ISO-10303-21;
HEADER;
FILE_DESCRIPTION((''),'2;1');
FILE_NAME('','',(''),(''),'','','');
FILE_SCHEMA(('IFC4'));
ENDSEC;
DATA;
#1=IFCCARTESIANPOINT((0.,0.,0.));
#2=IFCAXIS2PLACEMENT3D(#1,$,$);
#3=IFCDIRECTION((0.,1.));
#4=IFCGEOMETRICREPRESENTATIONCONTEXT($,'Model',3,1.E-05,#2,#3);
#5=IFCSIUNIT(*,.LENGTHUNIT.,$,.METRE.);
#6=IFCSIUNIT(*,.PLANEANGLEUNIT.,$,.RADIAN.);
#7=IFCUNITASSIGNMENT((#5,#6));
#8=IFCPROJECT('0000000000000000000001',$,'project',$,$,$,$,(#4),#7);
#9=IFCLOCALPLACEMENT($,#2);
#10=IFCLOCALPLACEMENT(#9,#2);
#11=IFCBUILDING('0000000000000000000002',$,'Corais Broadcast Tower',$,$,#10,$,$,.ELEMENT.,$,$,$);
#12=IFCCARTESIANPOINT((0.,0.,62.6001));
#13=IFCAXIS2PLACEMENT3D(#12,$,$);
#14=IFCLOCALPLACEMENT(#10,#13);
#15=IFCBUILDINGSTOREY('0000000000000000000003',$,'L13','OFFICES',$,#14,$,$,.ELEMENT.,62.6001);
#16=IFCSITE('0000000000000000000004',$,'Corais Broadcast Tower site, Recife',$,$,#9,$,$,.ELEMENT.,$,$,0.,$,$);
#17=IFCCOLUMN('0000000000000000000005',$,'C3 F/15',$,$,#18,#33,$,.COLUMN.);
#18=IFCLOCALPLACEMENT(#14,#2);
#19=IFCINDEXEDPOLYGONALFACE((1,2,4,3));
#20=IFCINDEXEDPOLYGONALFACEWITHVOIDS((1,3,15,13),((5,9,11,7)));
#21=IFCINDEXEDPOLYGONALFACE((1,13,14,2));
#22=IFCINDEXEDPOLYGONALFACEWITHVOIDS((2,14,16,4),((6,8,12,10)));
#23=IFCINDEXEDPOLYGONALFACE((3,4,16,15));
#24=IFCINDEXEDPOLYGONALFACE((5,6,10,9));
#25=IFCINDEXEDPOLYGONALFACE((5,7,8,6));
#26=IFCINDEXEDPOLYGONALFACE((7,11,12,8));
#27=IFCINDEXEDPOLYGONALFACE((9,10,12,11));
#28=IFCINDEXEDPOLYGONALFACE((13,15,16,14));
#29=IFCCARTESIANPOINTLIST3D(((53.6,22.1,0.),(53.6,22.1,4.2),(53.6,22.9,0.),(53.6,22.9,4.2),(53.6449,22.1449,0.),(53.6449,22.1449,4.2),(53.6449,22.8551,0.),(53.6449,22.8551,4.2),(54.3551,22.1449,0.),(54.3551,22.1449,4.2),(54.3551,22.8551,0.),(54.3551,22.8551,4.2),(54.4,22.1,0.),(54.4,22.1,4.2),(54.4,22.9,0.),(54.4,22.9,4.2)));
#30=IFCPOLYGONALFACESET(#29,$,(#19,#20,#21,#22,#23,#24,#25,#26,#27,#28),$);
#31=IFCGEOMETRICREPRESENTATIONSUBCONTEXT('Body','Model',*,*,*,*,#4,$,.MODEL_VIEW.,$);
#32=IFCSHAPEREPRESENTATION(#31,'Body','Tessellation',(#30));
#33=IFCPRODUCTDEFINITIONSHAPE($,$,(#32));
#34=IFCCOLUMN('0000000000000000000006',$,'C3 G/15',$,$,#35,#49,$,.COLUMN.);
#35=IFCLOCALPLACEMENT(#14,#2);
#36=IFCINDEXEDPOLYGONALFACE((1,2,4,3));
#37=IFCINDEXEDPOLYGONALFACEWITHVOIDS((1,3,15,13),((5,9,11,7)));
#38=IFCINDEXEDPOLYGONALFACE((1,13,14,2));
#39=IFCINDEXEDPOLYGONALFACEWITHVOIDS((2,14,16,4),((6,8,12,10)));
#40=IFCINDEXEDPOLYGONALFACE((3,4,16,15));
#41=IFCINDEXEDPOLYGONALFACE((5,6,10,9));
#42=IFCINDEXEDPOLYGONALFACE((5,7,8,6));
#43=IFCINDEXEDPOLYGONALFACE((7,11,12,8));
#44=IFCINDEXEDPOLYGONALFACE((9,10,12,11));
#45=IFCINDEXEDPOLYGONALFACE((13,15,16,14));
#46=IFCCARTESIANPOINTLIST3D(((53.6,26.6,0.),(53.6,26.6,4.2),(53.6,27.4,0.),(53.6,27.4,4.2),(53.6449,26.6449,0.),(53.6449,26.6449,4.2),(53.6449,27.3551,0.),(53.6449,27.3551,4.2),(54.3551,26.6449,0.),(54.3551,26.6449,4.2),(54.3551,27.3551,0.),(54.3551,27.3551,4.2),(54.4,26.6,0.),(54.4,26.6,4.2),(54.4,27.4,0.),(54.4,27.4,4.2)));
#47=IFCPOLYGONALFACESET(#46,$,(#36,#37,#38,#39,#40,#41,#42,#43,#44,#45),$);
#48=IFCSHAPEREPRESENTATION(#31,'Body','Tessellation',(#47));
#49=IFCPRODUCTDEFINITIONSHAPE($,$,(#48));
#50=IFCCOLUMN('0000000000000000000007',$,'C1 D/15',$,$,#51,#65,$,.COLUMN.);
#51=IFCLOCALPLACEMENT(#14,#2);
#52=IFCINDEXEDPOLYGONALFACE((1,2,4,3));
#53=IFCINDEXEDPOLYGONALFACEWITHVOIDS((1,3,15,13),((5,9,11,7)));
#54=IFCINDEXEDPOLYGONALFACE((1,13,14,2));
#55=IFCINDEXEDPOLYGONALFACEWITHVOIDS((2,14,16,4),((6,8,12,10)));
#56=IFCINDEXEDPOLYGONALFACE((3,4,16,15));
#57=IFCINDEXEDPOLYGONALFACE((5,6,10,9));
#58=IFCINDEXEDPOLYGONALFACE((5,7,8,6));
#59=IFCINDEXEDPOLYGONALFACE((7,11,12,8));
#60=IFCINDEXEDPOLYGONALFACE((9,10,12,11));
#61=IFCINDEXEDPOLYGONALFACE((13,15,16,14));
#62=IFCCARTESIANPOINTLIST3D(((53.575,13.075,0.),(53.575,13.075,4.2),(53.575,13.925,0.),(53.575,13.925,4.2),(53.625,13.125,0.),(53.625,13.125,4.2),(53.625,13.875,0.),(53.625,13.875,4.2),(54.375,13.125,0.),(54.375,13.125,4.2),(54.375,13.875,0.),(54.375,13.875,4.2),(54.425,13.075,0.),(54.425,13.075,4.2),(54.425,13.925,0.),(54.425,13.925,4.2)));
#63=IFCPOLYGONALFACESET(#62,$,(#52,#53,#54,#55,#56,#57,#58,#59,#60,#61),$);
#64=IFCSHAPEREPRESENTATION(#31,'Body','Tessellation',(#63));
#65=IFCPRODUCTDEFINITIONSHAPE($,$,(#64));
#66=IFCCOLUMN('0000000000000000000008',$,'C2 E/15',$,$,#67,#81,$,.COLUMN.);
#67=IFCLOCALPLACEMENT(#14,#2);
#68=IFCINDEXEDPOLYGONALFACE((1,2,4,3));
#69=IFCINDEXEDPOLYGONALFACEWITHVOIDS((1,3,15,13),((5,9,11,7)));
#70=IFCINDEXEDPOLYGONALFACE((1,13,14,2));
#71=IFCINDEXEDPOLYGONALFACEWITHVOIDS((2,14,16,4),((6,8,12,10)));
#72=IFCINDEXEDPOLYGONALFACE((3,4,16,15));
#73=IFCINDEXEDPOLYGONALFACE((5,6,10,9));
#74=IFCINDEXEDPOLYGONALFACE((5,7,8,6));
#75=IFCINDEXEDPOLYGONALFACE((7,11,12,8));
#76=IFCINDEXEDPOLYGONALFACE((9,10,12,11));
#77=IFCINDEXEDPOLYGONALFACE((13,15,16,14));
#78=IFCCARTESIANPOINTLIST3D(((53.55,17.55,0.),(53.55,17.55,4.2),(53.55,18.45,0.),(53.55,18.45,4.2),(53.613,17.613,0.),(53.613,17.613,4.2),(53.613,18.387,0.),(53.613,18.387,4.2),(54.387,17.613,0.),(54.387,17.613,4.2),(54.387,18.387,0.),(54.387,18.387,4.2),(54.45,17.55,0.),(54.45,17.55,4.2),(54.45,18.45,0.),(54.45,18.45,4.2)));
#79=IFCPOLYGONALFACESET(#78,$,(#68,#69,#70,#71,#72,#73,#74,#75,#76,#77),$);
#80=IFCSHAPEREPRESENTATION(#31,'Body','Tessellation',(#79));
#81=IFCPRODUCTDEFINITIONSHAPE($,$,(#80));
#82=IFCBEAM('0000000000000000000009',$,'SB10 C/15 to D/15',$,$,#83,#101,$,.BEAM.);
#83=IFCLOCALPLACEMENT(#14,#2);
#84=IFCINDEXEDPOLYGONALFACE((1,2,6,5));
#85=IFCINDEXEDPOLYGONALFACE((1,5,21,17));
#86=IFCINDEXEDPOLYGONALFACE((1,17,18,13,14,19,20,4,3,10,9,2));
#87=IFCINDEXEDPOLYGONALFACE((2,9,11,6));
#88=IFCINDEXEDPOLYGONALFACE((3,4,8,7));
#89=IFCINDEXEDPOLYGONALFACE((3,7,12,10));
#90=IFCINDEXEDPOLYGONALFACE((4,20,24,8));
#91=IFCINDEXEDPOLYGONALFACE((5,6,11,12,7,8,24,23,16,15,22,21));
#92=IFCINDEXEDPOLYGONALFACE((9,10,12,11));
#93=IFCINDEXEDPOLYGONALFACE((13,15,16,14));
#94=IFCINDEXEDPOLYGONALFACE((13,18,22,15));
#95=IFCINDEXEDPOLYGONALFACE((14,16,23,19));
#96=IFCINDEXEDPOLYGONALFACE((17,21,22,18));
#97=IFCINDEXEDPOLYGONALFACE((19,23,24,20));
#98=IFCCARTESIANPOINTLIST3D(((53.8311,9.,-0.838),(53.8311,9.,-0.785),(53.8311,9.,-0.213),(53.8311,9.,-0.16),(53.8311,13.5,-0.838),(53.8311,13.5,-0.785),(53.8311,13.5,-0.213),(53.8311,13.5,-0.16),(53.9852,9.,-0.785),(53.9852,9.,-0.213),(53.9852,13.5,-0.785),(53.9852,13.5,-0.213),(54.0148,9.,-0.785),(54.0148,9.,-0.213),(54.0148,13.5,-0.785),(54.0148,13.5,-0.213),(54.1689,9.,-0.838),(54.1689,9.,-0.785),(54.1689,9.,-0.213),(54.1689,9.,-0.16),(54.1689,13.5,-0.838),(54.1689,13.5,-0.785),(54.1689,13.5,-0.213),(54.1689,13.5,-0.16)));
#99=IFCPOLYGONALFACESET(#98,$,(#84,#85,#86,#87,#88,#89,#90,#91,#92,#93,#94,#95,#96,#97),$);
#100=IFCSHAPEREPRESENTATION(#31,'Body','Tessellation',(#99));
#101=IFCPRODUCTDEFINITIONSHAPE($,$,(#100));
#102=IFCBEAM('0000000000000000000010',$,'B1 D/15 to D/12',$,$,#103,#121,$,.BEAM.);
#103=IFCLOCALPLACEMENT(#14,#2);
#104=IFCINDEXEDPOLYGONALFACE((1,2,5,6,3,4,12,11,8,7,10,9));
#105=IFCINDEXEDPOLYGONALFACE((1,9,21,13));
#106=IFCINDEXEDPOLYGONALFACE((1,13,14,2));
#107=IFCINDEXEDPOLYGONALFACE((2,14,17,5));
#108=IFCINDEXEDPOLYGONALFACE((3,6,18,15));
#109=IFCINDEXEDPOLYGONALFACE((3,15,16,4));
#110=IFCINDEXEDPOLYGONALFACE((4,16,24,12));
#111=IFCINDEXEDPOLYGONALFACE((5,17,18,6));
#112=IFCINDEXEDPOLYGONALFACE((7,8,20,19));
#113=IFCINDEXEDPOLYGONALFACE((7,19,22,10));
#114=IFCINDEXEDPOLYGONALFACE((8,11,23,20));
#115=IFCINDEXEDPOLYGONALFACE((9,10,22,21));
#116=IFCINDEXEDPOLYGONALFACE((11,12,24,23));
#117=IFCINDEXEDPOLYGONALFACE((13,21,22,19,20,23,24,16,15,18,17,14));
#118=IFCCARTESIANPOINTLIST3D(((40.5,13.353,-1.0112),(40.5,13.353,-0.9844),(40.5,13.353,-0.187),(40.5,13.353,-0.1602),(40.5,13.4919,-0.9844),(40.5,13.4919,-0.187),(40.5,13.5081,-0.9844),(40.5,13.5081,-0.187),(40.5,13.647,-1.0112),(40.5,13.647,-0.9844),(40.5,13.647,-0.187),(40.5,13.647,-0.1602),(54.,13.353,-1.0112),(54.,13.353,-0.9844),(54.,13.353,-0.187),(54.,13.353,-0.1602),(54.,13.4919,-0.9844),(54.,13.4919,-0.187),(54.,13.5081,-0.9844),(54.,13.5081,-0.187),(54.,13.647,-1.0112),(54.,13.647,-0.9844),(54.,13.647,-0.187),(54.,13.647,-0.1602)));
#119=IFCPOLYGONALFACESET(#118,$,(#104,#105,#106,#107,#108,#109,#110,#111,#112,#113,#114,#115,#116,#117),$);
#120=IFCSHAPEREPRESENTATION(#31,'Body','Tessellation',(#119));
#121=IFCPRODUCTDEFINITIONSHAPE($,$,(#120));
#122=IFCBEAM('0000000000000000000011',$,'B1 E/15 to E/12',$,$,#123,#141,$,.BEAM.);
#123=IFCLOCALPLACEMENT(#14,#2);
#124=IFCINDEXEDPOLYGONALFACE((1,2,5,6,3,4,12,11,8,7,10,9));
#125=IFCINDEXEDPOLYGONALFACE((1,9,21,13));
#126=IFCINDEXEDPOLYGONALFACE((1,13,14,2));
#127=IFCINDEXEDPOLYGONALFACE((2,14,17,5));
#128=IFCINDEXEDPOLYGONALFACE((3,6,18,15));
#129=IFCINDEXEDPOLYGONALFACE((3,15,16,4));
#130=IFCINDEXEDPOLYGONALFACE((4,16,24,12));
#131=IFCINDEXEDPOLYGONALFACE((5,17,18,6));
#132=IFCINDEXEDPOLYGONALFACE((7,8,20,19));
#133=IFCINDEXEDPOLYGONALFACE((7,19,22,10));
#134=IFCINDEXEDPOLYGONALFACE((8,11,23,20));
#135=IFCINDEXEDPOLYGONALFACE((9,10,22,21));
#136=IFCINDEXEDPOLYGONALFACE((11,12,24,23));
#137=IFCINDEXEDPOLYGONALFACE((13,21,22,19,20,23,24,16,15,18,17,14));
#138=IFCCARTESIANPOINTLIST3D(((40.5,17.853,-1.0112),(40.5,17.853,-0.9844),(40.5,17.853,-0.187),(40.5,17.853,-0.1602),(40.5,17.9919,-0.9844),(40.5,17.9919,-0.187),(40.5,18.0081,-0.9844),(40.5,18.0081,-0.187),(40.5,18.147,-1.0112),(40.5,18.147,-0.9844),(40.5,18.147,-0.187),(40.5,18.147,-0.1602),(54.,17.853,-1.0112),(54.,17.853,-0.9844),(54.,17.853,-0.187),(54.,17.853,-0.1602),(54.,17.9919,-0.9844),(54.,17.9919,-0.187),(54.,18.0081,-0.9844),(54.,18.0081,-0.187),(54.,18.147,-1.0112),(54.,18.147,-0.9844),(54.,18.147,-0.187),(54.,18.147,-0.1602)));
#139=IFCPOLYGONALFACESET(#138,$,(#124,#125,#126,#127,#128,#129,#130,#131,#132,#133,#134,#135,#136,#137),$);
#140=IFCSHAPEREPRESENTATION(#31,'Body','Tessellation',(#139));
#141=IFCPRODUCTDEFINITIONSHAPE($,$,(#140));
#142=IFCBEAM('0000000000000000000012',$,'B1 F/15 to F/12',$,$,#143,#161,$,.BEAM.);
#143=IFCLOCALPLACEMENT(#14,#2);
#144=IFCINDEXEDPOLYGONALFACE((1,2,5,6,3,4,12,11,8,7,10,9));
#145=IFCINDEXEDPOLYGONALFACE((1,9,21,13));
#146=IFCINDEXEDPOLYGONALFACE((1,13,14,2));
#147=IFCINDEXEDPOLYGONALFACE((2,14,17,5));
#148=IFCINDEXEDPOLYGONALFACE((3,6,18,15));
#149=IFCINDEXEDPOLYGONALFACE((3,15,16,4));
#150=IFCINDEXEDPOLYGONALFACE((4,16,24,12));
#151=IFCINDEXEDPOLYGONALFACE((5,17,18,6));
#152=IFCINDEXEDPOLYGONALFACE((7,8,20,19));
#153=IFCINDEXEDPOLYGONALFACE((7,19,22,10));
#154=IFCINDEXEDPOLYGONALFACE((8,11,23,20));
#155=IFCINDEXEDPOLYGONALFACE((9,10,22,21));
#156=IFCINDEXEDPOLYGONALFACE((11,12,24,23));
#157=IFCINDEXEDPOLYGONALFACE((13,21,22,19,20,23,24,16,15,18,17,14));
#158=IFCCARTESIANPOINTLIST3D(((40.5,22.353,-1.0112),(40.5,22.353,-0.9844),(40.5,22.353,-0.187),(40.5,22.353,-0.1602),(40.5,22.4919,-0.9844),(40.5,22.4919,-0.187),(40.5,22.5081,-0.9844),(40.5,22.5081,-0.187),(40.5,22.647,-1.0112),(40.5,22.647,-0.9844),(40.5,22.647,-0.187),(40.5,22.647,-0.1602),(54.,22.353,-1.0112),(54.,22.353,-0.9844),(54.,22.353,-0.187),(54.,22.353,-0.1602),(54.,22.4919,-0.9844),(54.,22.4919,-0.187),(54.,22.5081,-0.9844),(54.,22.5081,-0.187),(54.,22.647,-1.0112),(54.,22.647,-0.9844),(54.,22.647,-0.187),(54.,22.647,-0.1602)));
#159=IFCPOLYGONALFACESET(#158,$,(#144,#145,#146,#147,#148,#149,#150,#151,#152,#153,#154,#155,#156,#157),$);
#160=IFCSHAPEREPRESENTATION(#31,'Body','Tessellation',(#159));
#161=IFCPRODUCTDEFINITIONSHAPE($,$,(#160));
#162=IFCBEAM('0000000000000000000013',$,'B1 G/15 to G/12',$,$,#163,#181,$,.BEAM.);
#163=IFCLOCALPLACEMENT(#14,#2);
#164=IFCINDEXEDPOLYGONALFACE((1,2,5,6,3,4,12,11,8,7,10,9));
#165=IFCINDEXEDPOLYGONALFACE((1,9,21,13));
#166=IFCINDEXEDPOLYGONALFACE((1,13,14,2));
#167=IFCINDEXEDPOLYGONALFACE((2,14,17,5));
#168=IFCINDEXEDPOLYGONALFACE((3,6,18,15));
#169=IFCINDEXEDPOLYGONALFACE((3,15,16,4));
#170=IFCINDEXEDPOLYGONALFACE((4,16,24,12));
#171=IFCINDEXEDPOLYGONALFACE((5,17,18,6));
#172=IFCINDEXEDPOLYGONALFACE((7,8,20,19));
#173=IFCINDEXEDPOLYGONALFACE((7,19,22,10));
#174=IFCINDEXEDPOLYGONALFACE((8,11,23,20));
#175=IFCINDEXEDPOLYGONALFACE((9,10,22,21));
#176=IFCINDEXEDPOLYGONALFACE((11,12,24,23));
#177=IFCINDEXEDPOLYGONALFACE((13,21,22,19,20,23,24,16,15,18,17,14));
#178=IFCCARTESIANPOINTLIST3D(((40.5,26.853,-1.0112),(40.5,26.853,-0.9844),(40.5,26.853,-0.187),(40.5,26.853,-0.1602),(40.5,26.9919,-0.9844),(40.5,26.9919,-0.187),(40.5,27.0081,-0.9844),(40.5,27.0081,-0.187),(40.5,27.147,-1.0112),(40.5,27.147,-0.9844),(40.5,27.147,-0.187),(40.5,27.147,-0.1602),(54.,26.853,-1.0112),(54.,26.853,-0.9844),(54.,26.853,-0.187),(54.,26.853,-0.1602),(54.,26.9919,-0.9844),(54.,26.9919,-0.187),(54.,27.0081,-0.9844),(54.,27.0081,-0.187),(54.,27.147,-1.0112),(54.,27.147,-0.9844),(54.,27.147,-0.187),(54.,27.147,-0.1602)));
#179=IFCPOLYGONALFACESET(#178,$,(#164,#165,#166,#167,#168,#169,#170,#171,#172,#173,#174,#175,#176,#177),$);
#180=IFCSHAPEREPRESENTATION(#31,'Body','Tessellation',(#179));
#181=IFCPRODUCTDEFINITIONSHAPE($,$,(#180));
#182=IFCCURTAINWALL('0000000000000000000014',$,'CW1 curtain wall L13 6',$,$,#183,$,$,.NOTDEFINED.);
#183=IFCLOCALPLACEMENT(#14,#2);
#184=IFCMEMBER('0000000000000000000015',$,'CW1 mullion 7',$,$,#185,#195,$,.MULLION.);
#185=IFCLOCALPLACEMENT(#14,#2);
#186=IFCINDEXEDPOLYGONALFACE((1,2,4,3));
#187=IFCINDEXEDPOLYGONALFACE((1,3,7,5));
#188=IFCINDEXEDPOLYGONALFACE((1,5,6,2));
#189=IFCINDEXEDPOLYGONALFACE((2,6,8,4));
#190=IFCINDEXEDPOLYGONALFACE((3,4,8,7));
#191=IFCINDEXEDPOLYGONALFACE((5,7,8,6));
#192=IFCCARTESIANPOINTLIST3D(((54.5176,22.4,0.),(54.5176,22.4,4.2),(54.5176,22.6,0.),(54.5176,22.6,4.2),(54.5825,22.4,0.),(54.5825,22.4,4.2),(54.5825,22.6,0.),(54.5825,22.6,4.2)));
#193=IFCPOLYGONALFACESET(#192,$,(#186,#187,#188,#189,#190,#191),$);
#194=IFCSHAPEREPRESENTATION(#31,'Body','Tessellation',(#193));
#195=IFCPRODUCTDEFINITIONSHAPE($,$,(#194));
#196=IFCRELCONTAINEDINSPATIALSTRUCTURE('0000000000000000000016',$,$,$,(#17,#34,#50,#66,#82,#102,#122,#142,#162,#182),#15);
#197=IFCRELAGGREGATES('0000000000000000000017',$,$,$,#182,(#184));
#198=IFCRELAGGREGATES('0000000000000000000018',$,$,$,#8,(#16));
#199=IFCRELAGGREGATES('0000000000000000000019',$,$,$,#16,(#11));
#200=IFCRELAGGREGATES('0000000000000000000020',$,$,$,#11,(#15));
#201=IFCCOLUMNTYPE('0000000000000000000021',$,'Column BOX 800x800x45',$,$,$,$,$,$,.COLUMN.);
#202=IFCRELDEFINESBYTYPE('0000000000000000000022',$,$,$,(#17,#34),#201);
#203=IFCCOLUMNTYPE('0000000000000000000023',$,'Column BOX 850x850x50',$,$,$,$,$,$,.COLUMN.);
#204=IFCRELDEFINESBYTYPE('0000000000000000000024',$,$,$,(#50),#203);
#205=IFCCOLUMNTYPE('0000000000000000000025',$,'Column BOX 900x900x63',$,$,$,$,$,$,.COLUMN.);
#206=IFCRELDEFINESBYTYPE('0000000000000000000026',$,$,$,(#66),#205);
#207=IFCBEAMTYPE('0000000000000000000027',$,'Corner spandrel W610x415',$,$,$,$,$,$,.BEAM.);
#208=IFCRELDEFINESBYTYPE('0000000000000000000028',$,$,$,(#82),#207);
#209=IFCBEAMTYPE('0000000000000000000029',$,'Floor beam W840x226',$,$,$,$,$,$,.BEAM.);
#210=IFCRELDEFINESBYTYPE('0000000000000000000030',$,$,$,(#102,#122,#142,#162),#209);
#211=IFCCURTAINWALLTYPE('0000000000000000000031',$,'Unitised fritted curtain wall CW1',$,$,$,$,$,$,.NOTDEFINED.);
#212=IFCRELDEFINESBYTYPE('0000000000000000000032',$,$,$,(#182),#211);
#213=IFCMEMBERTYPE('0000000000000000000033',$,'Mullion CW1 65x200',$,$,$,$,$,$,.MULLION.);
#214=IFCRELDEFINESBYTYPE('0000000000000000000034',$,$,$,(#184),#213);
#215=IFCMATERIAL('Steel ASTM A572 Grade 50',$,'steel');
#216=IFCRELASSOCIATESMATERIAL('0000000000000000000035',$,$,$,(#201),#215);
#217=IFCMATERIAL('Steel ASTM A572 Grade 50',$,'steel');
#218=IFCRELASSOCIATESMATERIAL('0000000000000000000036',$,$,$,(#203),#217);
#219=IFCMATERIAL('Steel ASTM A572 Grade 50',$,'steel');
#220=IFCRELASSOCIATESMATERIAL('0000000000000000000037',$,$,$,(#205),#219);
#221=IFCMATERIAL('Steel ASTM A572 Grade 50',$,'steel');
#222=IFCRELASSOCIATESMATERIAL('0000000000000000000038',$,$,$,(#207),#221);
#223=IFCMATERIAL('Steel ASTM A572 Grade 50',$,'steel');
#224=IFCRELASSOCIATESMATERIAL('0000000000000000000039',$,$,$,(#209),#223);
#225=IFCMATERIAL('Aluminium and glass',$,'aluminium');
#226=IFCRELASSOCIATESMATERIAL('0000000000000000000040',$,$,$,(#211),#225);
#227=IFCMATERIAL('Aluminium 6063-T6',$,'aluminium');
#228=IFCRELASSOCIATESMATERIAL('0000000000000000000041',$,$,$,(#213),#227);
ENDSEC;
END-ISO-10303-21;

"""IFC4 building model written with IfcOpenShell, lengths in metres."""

from ifc_helpers import new_model, si_unit, direction, frame, origin, origin_2d, place, context, subcontext, project, spatial, rectangle, hollow_rectangle, i_section, extrude, material, material_profile, profile_set, type_object, element, aggregate, save


model = new_model("IFC4")

# Units and contexts
model_context = context("Model", 3, precision=1e-05, world=origin(), true_north=direction((0.0, 1.0)))
body_context = subcontext(model_context, "Body", "Model", "MODEL_VIEW")
ifc_project = project(units=[si_unit("LENGTHUNIT", "METRE"), si_unit("PLANEANGLEUNIT", "RADIAN")], contexts=[model_context])

# Site, building, storey
site_placement = place(None, origin())
site = spatial("IfcSite", under=ifc_project, at=site_placement, Name="Corais Broadcast Tower site, Recife", CompositionType="ELEMENT", RefElevation=0.0)
building_placement = place(site_placement, origin())
building = spatial("IfcBuilding", under=site, at=building_placement, Name="Corais Broadcast Tower", CompositionType="ELEMENT")
storey_placement = place(building_placement, frame((0.0, 0.0, 62.6001)))
storey = spatial("IfcBuildingStorey", under=building, at=storey_placement, Name="L13", Description="OFFICES", CompositionType="ELEMENT", Elevation=62.6001)

# Columns
ifc_material_1 = material(Name="Steel ASTM A572 Grade 50", Category="steel")
ifc_material_profile_1 = material_profile(ifc_material_1, hollow_rectangle(XDim=0.8, YDim=0.8, WallThickness=0.0449, at=origin_2d()), Name="BOX 800x800x45")
ifc_profile_set_1 = profile_set([ifc_material_profile_1], Name="Steel ASTM A572 Grade 50")
column_type_1 = type_object("IfcColumnType", Name="Column BOX 800x800x45", PredefinedType="COLUMN", material=ifc_profile_set_1)
for number, where, z_axis, x_axis, name in (
    (1, (54.0, 22.5, 0.0), (0.0, 0.0, 1.0), (1.0, 0.0, 0.0), "C3 F/15"),
    (2, (54.0, 27.0, 0.0), (0.0, 0.0, 1.0), (1.0, 0.0, 0.0), "C3 G/15"),
):
    element("IfcColumn", number, at=place(storey_placement, frame(where, z_axis=z_axis, x_axis=x_axis)), inside=storey, type_object=column_type_1, Name=name, PredefinedType="COLUMN", context=body_context, shape_type="SweptSolid", body=[
        extrude(hollow_rectangle(XDim=0.8, YDim=0.8, WallThickness=0.0449, at=origin_2d()), origin(), (0.0, 0.0, 1.0), 4.2),
    ])
ifc_material_2 = material(Name="Steel ASTM A572 Grade 50", Category="steel")
ifc_material_profile_2 = material_profile(ifc_material_2, hollow_rectangle(XDim=0.8501, YDim=0.8501, WallThickness=0.05, at=origin_2d()), Name="BOX 850x850x50")
ifc_profile_set_2 = profile_set([ifc_material_profile_2], Name="Steel ASTM A572 Grade 50")
column_type_2 = type_object("IfcColumnType", Name="Column BOX 850x850x50", PredefinedType="COLUMN", material=ifc_profile_set_2)
column_1_placement = place(storey_placement, frame((54.0, 13.5, 0.0), z_axis=(0.0, 0.0, 1.0), x_axis=(1.0, 0.0, 0.0)))
element("IfcColumn", 3, at=column_1_placement, inside=storey, type_object=column_type_2, Name="C1 D/15", PredefinedType="COLUMN", context=body_context, shape_type="SweptSolid", body=[
    extrude(hollow_rectangle(XDim=0.8501, YDim=0.8501, WallThickness=0.05, at=origin_2d()), origin(), (0.0, 0.0, 1.0), 4.2),
])
ifc_material_3 = material(Name="Steel ASTM A572 Grade 50", Category="steel")
ifc_material_profile_3 = material_profile(ifc_material_3, hollow_rectangle(XDim=0.8999, YDim=0.8999, WallThickness=0.063, at=origin_2d()), Name="BOX 900x900x63")
ifc_profile_set_3 = profile_set([ifc_material_profile_3], Name="Steel ASTM A572 Grade 50")
column_type_3 = type_object("IfcColumnType", Name="Column BOX 900x900x63", PredefinedType="COLUMN", material=ifc_profile_set_3)
column_2_placement = place(storey_placement, frame((54.0, 18.0, 0.0), z_axis=(0.0, 0.0, 1.0), x_axis=(1.0, 0.0, 0.0)))
element("IfcColumn", 4, at=column_2_placement, inside=storey, type_object=column_type_3, Name="C2 E/15", PredefinedType="COLUMN", context=body_context, shape_type="SweptSolid", body=[
    extrude(hollow_rectangle(XDim=0.8999, YDim=0.8999, WallThickness=0.063, at=origin_2d()), origin(), (0.0, 0.0, 1.0), 4.2),
])

# Beams
ifc_material_4 = material(Name="Steel ASTM A572 Grade 50", Category="steel")
ifc_material_profile_4 = material_profile(ifc_material_4, i_section(OverallWidth=0.3379, OverallDepth=0.678, WebThickness=0.0295, FlangeThickness=0.053, at=origin_2d()), Name="W610x415")
ifc_profile_set_4 = profile_set([ifc_material_profile_4], Name="Steel ASTM A572 Grade 50")
beam_type_1 = type_object("IfcBeamType", Name="Corner spandrel W610x415", PredefinedType="BEAM", material=ifc_profile_set_4)
beam_placement = place(storey_placement, frame((54.0, 9.0, -0.499), z_axis=(0.0, 1.0, 0.0), x_axis=(-1.0, 0.0, 0.0)))
element("IfcBeam", 5, at=beam_placement, inside=storey, type_object=beam_type_1, Name="SB10 C/15 to D/15", PredefinedType="BEAM", context=body_context, shape_type="SweptSolid", body=[
    extrude(i_section(OverallWidth=0.3379, OverallDepth=0.678, WebThickness=0.0295, FlangeThickness=0.053, at=origin_2d()), origin(), (0.0, 0.0, 1.0), 4.5),
])
ifc_material_5 = material(Name="Steel ASTM A572 Grade 50", Category="steel")
ifc_material_profile_5 = material_profile(ifc_material_5, i_section(OverallWidth=0.2939, OverallDepth=0.8511, WebThickness=0.0161, FlangeThickness=0.0269, at=origin_2d()), Name="W840x226")
ifc_profile_set_5 = profile_set([ifc_material_profile_5], Name="Steel ASTM A572 Grade 50")
beam_type_2 = type_object("IfcBeamType", Name="Floor beam W840x226", PredefinedType="BEAM", material=ifc_profile_set_5)
for number, where, z_axis, x_axis, name in (
    (6, (54.0, 13.5, -0.5857), (-1.0, 0.0, 0.0), (0.0, -1.0, 0.0), "B1 D/15 to D/12"),
    (7, (54.0, 18.0, -0.5857), (-1.0, 0.0, 0.0), (0.0, -1.0, 0.0), "B1 E/15 to E/12"),
    (8, (54.0, 22.5, -0.5857), (-1.0, 0.0, 0.0), (0.0, -1.0, 0.0), "B1 F/15 to F/12"),
    (9, (54.0, 27.0, -0.5857), (-1.0, 0.0, 0.0), (0.0, -1.0, 0.0), "B1 G/15 to G/12"),
):
    element("IfcBeam", number, at=place(storey_placement, frame(where, z_axis=z_axis, x_axis=x_axis)), inside=storey, type_object=beam_type_2, Name=name, PredefinedType="BEAM", context=body_context, shape_type="SweptSolid", body=[
        extrude(i_section(OverallWidth=0.2939, OverallDepth=0.8511, WebThickness=0.0161, FlangeThickness=0.0269, at=origin_2d()), origin(), (0.0, 0.0, 1.0), 13.5),
    ])

# Curtain wall, member
ifc_material_6 = material(Name="Aluminium and glass", Category="aluminium")
curtain_wall_type = type_object("IfcCurtainWallType", Name="Unitised fritted curtain wall CW1", PredefinedType="NOTDEFINED", material=ifc_material_6)
curtain_wall_placement = place(storey_placement, origin())
curtain_wall = element("IfcCurtainWall", 10, at=curtain_wall_placement, inside=storey, type_object=curtain_wall_type, Name="CW1 curtain wall L13 6", PredefinedType="NOTDEFINED")
ifc_material_7 = material(Name="Aluminium 6063-T6", Category="aluminium")
ifc_material_profile_6 = material_profile(ifc_material_7, rectangle(XDim=0.0649, YDim=0.2, at=origin_2d()), Name="Mullion CW1 65x200")
ifc_profile_set_6 = profile_set([ifc_material_profile_6], Name="Aluminium 6063-T6")
member_type_1 = type_object("IfcMemberType", Name="Mullion CW1 65x200", PredefinedType="MULLION", material=ifc_profile_set_6)
member_1_placement = place(storey_placement, frame((54.55, 22.5, 0.0), z_axis=(0.0, 0.0, 1.0), x_axis=(1.0, 0.0, 0.0)))
member_1 = element("IfcMember", 11, at=member_1_placement, type_object=member_type_1, Name="CW1 mullion 7", PredefinedType="MULLION", context=body_context, shape_type="SweptSolid", body=[
    extrude(rectangle(XDim=0.0649, YDim=0.2, at=origin_2d()), origin(), (0.0, 0.0, 1.0), 4.2),
])

aggregate(curtain_wall, [member_1])

save(model, "model.ifc")
